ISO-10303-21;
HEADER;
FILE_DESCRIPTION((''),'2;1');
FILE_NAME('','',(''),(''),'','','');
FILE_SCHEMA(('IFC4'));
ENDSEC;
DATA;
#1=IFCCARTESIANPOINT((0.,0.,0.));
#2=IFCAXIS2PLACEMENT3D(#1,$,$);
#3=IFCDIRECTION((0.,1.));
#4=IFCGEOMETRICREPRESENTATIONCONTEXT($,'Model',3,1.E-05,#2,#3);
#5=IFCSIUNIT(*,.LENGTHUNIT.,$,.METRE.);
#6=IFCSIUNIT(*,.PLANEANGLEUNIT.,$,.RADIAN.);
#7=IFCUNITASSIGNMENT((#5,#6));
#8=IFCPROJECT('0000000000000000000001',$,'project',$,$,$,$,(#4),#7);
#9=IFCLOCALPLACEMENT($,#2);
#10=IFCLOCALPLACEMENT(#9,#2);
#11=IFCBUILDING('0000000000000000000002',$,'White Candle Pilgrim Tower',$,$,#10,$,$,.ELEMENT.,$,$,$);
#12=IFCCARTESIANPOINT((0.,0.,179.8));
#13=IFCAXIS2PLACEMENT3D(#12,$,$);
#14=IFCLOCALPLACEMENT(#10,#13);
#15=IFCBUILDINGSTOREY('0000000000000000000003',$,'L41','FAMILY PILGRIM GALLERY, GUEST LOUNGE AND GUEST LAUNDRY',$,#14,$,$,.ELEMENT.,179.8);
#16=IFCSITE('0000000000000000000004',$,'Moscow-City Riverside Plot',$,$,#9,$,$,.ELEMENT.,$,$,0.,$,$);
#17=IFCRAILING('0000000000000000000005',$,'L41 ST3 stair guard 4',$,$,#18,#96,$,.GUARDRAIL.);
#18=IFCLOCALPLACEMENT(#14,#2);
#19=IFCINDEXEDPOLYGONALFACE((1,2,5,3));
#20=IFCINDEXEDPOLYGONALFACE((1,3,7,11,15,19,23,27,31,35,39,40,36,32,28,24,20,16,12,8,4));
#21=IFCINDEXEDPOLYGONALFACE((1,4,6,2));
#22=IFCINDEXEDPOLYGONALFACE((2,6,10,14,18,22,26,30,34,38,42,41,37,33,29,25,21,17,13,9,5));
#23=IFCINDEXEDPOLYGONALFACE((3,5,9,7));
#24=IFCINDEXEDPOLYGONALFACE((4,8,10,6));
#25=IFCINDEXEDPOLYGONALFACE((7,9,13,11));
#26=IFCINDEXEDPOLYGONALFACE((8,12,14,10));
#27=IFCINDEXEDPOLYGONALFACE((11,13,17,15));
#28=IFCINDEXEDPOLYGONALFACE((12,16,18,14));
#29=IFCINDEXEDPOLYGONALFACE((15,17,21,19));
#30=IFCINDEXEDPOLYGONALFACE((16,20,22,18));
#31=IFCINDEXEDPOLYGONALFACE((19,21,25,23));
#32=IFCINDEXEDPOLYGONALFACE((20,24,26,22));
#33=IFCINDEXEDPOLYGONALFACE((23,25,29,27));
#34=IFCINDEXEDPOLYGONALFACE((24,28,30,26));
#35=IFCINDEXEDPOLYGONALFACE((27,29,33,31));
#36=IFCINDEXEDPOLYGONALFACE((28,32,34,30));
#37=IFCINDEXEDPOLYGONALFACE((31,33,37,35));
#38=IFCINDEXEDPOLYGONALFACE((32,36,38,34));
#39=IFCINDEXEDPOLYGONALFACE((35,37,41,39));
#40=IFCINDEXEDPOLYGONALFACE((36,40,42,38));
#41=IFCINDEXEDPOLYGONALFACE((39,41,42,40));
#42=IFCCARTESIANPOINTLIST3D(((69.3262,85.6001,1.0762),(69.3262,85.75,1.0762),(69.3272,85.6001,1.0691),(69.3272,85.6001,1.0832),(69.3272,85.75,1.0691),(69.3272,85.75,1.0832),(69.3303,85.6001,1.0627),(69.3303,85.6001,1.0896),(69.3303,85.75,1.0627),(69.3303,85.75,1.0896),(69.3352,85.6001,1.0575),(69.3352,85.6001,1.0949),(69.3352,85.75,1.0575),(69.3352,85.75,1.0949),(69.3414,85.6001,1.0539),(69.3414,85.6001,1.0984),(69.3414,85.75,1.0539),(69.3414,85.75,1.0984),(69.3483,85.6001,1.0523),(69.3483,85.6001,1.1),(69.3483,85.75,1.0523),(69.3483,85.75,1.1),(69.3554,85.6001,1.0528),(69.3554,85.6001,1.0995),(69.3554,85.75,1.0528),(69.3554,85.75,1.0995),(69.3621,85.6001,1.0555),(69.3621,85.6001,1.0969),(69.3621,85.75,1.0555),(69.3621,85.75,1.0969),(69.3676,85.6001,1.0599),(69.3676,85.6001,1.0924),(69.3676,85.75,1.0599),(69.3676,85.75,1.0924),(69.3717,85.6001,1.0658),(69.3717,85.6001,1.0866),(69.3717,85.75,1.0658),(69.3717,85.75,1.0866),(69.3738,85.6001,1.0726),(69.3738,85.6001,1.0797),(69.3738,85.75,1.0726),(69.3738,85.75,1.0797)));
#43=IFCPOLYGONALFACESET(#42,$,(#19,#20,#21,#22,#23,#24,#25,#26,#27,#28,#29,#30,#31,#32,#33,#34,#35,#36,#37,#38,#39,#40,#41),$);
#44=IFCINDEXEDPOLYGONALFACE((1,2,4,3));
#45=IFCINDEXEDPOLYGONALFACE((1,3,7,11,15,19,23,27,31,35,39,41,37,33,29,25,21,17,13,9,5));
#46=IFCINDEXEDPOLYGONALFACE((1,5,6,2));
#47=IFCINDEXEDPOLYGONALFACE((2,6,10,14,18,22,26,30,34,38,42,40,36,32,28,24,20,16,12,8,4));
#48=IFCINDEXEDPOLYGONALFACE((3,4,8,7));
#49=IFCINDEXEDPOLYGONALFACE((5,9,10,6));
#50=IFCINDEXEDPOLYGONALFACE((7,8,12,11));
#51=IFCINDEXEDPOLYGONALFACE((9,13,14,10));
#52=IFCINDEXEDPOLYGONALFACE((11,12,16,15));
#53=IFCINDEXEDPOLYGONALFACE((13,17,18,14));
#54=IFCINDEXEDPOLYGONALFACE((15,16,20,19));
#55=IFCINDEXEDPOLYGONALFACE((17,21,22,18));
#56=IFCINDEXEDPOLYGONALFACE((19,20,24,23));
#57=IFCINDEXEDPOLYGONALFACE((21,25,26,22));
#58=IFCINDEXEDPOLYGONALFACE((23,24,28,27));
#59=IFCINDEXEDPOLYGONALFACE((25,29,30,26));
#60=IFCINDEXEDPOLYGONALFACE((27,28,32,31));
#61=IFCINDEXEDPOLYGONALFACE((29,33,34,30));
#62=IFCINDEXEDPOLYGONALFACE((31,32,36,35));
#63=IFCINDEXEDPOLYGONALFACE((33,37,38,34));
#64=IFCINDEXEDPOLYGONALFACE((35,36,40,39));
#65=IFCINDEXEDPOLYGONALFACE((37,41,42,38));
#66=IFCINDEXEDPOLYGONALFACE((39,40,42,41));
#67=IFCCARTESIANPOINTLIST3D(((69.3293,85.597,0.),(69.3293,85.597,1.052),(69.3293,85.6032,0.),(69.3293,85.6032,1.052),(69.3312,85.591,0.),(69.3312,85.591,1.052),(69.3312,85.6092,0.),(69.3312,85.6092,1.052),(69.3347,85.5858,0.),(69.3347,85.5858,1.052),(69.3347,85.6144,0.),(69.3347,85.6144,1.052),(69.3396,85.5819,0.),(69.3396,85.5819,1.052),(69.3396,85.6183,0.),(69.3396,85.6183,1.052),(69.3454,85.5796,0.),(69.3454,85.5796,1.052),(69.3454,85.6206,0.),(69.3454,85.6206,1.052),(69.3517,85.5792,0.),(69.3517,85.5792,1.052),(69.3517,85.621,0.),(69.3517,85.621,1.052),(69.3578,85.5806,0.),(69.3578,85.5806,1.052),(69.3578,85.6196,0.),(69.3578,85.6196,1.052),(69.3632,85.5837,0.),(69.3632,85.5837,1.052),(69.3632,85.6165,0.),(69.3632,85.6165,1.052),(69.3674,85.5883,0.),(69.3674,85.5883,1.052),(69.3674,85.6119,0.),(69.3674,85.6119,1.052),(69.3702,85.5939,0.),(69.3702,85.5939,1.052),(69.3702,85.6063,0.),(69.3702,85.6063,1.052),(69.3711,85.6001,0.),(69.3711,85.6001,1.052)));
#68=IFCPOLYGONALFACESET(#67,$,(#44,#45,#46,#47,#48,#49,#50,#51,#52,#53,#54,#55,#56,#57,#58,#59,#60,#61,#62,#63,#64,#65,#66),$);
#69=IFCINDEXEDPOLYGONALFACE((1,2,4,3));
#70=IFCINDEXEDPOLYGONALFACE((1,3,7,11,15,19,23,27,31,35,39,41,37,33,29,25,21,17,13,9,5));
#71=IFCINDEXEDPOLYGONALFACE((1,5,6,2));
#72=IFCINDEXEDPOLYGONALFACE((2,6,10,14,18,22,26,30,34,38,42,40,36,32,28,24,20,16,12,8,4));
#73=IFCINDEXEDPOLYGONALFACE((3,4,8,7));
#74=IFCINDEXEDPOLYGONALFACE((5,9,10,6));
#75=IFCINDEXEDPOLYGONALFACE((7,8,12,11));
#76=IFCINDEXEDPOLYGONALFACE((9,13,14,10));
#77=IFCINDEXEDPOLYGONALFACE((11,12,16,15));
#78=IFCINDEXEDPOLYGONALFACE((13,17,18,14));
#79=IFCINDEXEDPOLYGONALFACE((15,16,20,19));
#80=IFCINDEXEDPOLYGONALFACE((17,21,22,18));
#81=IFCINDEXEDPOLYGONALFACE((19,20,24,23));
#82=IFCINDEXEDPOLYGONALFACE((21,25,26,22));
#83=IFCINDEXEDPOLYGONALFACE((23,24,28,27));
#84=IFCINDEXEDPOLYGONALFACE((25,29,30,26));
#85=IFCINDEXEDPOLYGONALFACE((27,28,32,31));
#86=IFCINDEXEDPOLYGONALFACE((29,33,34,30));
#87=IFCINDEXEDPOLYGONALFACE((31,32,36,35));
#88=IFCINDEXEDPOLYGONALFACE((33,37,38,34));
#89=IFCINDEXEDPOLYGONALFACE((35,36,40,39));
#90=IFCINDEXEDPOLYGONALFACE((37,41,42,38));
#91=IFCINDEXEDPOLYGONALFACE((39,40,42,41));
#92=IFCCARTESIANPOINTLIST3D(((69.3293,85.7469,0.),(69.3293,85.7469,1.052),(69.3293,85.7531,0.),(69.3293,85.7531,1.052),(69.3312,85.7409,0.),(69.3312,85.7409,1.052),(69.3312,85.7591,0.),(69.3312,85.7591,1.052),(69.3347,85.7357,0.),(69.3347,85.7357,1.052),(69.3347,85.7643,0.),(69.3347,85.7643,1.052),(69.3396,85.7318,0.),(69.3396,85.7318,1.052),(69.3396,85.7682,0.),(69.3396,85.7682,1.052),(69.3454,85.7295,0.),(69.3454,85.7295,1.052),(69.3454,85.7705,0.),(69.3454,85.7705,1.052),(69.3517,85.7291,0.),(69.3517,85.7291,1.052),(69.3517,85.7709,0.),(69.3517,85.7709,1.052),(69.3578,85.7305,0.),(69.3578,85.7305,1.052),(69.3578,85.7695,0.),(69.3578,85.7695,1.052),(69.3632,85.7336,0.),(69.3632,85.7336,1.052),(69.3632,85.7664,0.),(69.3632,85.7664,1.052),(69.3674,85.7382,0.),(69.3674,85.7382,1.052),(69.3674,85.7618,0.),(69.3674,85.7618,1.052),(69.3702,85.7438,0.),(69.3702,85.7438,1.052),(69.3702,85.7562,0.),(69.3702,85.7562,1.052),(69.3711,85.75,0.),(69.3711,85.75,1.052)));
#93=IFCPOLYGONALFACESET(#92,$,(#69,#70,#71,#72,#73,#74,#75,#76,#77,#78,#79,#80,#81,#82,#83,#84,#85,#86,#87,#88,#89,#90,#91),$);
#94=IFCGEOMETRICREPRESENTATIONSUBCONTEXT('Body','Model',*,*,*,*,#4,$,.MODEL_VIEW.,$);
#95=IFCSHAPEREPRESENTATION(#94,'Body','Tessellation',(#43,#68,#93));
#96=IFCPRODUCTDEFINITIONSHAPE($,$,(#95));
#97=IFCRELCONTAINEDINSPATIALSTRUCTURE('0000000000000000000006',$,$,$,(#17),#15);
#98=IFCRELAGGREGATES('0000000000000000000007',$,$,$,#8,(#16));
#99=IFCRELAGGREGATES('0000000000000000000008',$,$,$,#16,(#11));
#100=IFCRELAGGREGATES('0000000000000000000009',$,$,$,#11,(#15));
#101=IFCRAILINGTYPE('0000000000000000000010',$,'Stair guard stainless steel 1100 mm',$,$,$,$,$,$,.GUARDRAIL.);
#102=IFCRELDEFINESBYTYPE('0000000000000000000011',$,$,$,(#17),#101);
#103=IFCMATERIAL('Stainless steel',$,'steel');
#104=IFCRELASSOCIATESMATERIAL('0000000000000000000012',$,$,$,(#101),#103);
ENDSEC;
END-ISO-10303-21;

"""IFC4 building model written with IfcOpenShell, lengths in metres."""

from ifc_helpers import new_model, si_unit, direction, frame, origin, origin_2d, place, context, subcontext, project, spatial, circle, extrude, material, type_object, element, save


model = new_model("IFC4")

# Units and contexts
model_context = context("Model", 3, precision=1e-05, world=origin(), true_north=direction((0.0, 1.0)))
body_context = subcontext(model_context, "Body", "Model", "MODEL_VIEW")
ifc_project = project(units=[si_unit("LENGTHUNIT", "METRE"), si_unit("PLANEANGLEUNIT", "RADIAN")], contexts=[model_context])

# Site, building, storey
site_placement = place(None, origin())
site = spatial("IfcSite", under=ifc_project, at=site_placement, Name="Moscow-City Riverside Plot", CompositionType="ELEMENT", RefElevation=0.0)
building_placement = place(site_placement, origin())
building = spatial("IfcBuilding", under=site, at=building_placement, Name="White Candle Pilgrim Tower", CompositionType="ELEMENT")
storey_placement = place(building_placement, frame((0.0, 0.0, 179.8)))
storey = spatial("IfcBuildingStorey", under=building, at=storey_placement, Name="L41", Description="FAMILY PILGRIM GALLERY, GUEST LOUNGE AND GUEST LAUNDRY", CompositionType="ELEMENT", Elevation=179.8)

# Railing
ifc_material_1 = material(Name="Stainless steel", Category="steel")
railing_type_1 = type_object("IfcRailingType", Name="Stair guard stainless steel 1100 mm", PredefinedType="GUARDRAIL", material=ifc_material_1)
railing_1_placement = place(storey_placement, frame((69.3501, 85.6001, 0.0)))
element("IfcRailing", 1, at=railing_1_placement, inside=storey, type_object=railing_type_1, Name="L41 ST3 stair guard 4", PredefinedType="GUARDRAIL", context=body_context, shape_type="SweptSolid", body=[
    extrude(circle(Radius=0.0239, at=origin_2d()), frame((0.0, 0.0, 1.0762), z_axis=(0.0, 1.0, 0.0), x_axis=(-1.0, 0.0, 0.0)), (0.0, 0.0, 1.0), 0.1499),
    extrude(circle(Radius=0.021, at=origin_2d()), origin(), (0.0, 0.0, 1.0), 1.052),
    extrude(circle(Radius=0.021, at=origin_2d()), frame((0.0, 0.1499, 0.0)), (0.0, 0.0, 1.0), 1.052),
])

save(model, "model.ifc")
